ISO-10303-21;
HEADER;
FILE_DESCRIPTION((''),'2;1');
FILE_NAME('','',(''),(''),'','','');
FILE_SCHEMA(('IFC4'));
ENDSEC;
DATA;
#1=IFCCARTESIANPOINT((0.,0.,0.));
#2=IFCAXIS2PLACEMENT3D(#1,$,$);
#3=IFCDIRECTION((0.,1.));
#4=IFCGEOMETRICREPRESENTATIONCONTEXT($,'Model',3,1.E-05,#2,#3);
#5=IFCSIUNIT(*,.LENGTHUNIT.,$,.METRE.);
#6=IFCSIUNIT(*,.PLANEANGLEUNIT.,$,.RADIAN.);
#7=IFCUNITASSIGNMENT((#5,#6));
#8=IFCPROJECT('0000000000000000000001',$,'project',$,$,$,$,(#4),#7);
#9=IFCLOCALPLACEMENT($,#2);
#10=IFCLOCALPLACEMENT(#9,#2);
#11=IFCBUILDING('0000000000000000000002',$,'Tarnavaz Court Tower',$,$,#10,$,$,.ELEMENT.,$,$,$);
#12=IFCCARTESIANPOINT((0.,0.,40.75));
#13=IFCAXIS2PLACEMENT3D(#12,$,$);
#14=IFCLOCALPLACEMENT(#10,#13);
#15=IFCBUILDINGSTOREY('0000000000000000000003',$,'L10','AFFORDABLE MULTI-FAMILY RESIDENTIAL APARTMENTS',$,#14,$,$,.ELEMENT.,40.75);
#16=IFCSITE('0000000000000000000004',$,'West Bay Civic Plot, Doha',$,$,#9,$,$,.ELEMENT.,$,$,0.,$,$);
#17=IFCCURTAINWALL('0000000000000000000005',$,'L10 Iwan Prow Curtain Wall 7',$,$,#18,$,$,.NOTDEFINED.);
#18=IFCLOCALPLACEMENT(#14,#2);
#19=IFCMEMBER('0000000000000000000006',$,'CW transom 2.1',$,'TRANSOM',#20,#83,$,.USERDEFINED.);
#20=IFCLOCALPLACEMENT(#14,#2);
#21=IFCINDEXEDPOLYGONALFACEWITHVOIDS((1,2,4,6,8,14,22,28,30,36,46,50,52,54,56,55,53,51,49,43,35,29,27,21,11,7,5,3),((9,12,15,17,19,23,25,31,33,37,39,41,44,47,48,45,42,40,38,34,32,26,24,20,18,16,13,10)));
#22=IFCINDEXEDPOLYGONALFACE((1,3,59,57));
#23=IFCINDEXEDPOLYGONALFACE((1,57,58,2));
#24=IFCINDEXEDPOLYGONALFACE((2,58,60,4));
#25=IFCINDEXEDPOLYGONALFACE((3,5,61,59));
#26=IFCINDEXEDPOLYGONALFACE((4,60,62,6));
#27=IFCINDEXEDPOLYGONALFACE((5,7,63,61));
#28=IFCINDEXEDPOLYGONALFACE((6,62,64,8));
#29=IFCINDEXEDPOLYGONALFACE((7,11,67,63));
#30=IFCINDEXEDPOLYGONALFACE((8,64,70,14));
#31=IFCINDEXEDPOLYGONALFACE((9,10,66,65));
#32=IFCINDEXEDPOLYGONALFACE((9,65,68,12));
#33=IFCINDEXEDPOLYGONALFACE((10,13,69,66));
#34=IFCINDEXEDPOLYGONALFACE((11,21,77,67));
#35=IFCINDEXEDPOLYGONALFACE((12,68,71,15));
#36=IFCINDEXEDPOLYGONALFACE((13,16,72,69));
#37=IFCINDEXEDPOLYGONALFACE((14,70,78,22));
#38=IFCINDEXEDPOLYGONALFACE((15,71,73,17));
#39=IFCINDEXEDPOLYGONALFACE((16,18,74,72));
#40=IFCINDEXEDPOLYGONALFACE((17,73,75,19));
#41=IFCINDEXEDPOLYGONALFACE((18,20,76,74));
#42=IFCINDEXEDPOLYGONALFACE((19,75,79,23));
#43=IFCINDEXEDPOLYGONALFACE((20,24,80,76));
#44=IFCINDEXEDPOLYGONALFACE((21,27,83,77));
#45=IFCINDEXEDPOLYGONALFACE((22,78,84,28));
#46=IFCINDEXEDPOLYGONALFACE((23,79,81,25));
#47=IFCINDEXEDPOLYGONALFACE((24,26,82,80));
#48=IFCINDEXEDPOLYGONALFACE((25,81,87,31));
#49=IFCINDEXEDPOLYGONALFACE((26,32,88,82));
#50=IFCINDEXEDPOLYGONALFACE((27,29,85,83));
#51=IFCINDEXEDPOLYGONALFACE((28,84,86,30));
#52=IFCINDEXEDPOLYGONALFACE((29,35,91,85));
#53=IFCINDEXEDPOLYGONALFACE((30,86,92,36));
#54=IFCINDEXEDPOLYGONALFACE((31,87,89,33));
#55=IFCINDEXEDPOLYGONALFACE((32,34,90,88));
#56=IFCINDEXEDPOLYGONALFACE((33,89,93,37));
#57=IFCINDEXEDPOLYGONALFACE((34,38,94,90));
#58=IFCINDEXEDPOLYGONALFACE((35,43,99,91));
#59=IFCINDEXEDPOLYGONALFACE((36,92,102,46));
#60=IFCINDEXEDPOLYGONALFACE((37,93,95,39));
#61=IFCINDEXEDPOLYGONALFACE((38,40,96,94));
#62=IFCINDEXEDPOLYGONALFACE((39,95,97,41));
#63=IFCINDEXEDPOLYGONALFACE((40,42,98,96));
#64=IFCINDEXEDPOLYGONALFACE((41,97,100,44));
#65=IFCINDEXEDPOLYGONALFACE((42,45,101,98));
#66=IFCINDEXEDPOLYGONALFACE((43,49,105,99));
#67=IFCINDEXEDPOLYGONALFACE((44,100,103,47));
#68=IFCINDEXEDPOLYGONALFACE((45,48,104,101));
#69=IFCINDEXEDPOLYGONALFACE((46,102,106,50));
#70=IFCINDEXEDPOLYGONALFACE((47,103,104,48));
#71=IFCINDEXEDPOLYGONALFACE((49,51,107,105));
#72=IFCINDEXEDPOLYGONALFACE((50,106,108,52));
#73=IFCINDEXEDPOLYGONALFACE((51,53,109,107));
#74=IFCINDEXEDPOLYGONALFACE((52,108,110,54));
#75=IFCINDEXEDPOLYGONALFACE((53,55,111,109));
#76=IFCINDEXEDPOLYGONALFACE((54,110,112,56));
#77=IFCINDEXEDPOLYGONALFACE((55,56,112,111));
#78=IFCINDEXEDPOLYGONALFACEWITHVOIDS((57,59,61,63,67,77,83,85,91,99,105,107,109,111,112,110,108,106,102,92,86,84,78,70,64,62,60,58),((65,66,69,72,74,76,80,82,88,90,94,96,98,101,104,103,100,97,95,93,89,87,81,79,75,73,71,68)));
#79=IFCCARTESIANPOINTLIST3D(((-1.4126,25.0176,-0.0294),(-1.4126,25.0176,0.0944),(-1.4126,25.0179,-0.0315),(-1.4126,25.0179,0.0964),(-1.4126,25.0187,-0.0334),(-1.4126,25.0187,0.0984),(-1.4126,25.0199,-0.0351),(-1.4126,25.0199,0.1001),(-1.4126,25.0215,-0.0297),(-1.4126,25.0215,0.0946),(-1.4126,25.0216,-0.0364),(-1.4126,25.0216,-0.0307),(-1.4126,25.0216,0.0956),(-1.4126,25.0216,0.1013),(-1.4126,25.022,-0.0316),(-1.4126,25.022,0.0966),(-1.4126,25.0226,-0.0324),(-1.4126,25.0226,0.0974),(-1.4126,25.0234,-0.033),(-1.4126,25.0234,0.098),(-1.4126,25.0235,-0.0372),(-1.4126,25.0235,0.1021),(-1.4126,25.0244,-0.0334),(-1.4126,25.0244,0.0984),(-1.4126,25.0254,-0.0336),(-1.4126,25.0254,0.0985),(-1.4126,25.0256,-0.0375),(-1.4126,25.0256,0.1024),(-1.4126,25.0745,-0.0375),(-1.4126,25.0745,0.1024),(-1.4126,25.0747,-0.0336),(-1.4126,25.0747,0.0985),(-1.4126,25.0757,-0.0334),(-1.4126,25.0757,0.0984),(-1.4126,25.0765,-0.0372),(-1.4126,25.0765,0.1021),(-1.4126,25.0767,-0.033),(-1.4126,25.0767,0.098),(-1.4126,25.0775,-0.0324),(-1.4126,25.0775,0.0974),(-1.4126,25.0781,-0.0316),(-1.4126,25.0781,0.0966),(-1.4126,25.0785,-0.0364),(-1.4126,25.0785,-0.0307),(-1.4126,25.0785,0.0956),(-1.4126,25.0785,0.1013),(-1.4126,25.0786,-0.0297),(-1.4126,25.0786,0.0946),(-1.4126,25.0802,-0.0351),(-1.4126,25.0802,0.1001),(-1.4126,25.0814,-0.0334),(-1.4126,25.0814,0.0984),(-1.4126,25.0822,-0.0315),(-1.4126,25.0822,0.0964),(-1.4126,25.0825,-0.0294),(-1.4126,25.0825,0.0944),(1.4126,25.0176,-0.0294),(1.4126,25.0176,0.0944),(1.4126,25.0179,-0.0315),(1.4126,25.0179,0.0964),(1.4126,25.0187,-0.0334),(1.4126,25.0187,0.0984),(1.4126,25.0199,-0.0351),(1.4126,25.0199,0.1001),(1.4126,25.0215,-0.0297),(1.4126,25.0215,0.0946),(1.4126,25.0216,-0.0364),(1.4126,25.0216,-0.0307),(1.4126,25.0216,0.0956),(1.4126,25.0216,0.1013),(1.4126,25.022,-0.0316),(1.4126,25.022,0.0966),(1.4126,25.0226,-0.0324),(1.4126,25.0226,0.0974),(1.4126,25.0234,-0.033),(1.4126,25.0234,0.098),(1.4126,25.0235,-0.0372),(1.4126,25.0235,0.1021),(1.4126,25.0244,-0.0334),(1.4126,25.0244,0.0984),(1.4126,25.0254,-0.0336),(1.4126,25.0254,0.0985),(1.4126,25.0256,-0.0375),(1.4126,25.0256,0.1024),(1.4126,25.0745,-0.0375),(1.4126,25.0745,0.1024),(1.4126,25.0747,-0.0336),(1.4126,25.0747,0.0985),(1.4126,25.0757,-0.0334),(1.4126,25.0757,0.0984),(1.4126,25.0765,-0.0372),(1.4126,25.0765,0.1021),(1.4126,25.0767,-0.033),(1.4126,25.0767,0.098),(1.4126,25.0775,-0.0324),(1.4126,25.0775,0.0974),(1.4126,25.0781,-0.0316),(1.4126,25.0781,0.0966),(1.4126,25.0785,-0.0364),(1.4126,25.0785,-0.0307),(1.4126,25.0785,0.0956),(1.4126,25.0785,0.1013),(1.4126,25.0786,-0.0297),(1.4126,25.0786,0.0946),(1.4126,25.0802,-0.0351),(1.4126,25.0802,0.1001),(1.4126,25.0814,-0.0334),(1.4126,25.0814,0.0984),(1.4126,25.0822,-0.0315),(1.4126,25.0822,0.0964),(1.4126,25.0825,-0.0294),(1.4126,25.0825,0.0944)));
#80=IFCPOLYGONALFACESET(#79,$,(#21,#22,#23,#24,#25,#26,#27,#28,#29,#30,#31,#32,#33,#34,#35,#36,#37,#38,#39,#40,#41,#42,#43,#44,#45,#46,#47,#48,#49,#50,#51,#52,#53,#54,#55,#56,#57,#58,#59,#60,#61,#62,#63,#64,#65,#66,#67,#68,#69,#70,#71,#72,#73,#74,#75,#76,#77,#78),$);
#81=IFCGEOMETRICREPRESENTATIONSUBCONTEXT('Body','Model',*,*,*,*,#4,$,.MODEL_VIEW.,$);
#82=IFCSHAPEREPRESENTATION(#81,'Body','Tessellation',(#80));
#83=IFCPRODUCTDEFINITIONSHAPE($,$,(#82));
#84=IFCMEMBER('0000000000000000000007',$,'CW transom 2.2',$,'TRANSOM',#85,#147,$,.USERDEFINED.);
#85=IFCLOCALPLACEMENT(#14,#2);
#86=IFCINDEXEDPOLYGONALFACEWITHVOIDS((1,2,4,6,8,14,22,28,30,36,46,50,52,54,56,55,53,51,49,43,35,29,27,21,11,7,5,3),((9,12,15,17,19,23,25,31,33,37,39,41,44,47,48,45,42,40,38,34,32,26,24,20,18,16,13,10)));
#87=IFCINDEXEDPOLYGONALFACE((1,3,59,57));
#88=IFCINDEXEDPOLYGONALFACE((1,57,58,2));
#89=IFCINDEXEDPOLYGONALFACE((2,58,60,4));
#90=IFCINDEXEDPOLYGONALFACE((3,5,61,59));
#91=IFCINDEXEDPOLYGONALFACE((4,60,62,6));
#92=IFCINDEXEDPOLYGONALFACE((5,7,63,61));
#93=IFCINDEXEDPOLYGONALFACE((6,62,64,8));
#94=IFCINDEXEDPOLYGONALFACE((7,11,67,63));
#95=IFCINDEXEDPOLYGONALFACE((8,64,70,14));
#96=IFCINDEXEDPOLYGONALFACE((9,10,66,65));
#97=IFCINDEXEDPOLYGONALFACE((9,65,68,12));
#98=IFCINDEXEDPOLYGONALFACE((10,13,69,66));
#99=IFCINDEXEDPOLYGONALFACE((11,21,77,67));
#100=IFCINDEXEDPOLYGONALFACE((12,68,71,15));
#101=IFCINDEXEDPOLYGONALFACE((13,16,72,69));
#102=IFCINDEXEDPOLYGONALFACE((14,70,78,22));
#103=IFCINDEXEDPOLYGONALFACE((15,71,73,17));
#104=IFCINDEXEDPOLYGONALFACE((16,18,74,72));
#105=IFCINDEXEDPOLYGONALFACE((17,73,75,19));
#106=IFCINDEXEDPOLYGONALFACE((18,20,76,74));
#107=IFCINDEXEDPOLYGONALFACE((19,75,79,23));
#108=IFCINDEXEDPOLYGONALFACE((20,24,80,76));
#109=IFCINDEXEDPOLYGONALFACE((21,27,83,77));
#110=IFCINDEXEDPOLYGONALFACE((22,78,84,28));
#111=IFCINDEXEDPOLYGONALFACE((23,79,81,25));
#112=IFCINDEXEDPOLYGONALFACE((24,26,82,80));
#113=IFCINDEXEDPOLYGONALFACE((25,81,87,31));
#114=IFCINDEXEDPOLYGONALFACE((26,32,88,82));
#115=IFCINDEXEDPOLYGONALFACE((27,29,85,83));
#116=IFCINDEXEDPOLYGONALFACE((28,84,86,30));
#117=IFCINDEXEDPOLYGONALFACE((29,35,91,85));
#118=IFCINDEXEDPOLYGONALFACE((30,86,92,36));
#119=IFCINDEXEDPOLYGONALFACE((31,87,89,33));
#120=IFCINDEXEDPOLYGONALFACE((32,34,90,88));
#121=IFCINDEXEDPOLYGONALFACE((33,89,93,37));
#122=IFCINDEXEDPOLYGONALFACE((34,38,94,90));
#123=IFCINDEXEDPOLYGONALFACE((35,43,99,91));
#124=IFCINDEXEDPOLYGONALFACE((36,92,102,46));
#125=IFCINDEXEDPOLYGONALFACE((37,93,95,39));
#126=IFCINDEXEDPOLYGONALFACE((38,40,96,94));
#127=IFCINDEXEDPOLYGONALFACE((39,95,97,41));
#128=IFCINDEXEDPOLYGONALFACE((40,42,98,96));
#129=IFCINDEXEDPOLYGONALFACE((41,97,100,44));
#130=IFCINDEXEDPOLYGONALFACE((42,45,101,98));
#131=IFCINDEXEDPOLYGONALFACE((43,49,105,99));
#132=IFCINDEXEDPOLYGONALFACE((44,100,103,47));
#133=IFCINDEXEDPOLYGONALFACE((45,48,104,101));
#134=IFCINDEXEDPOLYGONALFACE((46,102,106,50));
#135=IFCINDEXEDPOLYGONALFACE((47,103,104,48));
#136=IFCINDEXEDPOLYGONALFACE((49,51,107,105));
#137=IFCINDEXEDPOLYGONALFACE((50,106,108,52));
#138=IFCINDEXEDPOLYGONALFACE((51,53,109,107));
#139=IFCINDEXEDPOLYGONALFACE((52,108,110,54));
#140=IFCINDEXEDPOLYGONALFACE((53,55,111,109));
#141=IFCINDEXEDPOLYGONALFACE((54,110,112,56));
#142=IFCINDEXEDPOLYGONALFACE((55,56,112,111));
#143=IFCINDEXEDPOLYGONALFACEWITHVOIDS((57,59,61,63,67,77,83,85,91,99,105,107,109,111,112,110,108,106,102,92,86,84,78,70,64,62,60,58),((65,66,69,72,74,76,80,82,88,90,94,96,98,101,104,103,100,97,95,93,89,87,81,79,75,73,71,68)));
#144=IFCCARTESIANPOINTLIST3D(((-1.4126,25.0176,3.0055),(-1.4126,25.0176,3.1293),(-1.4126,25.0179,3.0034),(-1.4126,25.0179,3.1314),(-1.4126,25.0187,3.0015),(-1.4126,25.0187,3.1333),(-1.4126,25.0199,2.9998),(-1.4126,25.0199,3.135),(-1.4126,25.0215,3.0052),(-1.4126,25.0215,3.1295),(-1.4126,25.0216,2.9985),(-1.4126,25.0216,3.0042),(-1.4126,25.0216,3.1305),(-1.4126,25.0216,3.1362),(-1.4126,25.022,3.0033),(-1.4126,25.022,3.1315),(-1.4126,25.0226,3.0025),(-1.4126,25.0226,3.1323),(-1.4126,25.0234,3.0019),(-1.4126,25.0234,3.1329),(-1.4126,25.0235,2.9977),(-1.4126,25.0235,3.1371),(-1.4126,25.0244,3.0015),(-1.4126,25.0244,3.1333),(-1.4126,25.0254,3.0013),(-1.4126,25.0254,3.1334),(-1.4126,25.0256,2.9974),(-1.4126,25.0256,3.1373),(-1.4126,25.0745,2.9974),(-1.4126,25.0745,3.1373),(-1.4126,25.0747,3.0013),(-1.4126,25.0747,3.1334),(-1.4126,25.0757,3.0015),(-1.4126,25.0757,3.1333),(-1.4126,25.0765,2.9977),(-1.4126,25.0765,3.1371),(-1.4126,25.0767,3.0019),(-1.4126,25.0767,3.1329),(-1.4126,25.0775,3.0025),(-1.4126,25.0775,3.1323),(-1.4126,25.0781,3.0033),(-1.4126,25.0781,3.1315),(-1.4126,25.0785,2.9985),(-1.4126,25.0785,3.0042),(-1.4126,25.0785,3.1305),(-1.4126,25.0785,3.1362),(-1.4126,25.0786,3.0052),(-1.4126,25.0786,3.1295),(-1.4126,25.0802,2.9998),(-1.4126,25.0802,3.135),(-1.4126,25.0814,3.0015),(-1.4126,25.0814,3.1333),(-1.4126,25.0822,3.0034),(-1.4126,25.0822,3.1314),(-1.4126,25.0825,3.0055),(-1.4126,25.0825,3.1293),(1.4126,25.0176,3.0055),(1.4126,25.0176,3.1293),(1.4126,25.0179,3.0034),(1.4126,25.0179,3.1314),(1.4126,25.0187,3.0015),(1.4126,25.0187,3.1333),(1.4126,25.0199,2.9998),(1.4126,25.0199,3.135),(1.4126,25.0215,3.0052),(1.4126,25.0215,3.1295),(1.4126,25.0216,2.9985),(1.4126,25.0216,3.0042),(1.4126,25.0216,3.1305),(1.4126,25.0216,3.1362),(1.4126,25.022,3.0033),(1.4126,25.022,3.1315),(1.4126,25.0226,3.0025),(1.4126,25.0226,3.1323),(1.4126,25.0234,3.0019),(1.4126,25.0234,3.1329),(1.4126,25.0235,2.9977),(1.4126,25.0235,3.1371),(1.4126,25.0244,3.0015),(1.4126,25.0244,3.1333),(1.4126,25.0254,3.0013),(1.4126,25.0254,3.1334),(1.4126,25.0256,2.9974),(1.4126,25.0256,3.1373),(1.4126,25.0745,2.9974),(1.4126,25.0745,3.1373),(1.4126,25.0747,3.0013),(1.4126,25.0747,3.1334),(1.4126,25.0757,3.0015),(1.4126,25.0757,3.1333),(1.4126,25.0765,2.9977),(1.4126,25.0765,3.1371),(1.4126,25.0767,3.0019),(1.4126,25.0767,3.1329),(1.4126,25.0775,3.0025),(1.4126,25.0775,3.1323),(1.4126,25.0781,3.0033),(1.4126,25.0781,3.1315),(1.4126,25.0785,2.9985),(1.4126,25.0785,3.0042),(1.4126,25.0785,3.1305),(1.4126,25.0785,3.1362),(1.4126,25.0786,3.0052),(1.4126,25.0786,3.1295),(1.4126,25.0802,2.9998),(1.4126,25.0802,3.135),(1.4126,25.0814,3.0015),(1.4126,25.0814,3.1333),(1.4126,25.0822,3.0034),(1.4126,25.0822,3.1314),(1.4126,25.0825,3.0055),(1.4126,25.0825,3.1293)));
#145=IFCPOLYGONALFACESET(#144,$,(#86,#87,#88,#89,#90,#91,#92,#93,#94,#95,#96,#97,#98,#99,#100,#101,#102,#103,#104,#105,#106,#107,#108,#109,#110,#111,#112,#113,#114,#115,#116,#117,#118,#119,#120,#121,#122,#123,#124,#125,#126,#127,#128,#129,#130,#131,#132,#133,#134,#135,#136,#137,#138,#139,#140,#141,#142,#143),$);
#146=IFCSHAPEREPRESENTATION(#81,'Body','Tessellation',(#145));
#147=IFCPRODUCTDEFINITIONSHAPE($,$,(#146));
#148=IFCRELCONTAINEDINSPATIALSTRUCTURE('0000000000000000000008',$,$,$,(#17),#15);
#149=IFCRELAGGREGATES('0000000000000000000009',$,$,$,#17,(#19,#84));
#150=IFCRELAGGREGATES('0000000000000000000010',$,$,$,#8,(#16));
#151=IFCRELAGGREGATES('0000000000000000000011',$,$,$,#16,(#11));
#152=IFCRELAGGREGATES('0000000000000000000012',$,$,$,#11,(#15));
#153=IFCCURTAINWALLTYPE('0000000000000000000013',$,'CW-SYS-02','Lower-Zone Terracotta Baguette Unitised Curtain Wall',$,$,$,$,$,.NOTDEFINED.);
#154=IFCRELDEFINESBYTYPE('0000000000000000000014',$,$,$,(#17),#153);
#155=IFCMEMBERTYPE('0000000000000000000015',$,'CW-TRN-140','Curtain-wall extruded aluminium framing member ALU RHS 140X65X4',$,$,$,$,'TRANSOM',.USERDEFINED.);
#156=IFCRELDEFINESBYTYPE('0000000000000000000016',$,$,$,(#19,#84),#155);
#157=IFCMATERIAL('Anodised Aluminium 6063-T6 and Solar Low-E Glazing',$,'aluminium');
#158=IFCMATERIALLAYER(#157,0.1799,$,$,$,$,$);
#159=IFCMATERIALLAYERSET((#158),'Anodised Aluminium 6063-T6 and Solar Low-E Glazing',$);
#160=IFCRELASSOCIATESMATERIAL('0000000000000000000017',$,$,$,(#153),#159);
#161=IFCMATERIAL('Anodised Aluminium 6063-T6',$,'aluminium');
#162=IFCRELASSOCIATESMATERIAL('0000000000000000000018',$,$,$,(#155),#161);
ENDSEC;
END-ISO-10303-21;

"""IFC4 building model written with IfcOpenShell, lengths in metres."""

from ifc_helpers import new_model, si_unit, direction, frame, origin, origin_2d, place, context, subcontext, project, spatial, hollow_rectangle, extrude, material, layer, layer_set, material_profile, profile_set, type_object, element, aggregate, save


model = new_model("IFC4")

# Units and contexts
model_context = context("Model", 3, precision=1e-05, world=origin(), true_north=direction((0.0, 1.0)))
body_context = subcontext(model_context, "Body", "Model", "MODEL_VIEW")
ifc_project = project(units=[si_unit("LENGTHUNIT", "METRE"), si_unit("PLANEANGLEUNIT", "RADIAN")], contexts=[model_context])

# Site, building, storey
site_placement = place(None, origin())
site = spatial("IfcSite", under=ifc_project, at=site_placement, Name="West Bay Civic Plot, Doha", CompositionType="ELEMENT", RefElevation=0.0)
building_placement = place(site_placement, origin())
building = spatial("IfcBuilding", under=site, at=building_placement, Name="Tarnavaz Court Tower", CompositionType="ELEMENT")
storey_placement = place(building_placement, frame((0.0, 0.0, 40.75)))
storey = spatial("IfcBuildingStorey", under=building, at=storey_placement, Name="L10", Description="AFFORDABLE MULTI-FAMILY RESIDENTIAL APARTMENTS", CompositionType="ELEMENT", Elevation=40.75)

# Curtain wall, members
ifc_material_1 = material(Name="Anodised Aluminium 6063-T6 and Solar Low-E Glazing", Category="aluminium")
ifc_layer_1 = layer(ifc_material_1, 0.1799)
ifc_layer_set_1 = layer_set([ifc_layer_1], Name="Anodised Aluminium 6063-T6 and Solar Low-E Glazing")
curtain_wall_type = type_object("IfcCurtainWallType", Name="CW-SYS-02", Description="Lower-Zone Terracotta Baguette Unitised Curtain Wall", PredefinedType="NOTDEFINED", material=ifc_layer_set_1)
curtain_wall_placement = place(storey_placement, origin())
curtain_wall = element("IfcCurtainWall", 1, at=curtain_wall_placement, inside=storey, type_object=curtain_wall_type, Name="L10 Iwan Prow Curtain Wall 7", PredefinedType="NOTDEFINED")
ifc_material_2 = material(Name="Anodised Aluminium 6063-T6", Category="aluminium")
ifc_material_profile_1 = material_profile(ifc_material_2, hollow_rectangle(XDim=0.0649, YDim=0.1399, WallThickness=0.0039, InnerFilletRadius=0.0039, OuterFilletRadius=0.0081, at=origin_2d()), Name="ALU RHS 140X65X4")
ifc_profile_set_1 = profile_set([ifc_material_profile_1], Name="Anodised Aluminium 6063-T6")
member_type_1 = type_object("IfcMemberType", Name="CW-TRN-140", Description="Curtain-wall extruded aluminium framing member ALU RHS 140X65X4", ElementType="TRANSOM", PredefinedType="USERDEFINED", material=ifc_profile_set_1)
member_1_placement = place(storey_placement, frame((-1.4126, 25.05, 0.0325), z_axis=(1.0, 0.0, 0.0), x_axis=(0.0, 1.0, 0.0)))
member_1 = element("IfcMember", 2, at=member_1_placement, type_object=member_type_1, Name="CW transom 2.1", ObjectType="TRANSOM", PredefinedType="USERDEFINED", context=body_context, shape_type="SweptSolid", body=[
    extrude(hollow_rectangle(XDim=0.0649, YDim=0.1399, WallThickness=0.0039, InnerFilletRadius=0.0039, OuterFilletRadius=0.0081, at=origin_2d()), origin(), (0.0, 0.0, 1.0), 2.8252),
])
member_2_placement = place(storey_placement, frame((-1.4126, 25.05, 3.0674), z_axis=(1.0, 0.0, 0.0), x_axis=(0.0, 1.0, 0.0)))
member_2 = element("IfcMember", 3, at=member_2_placement, type_object=member_type_1, Name="CW transom 2.2", ObjectType="TRANSOM", PredefinedType="USERDEFINED", context=body_context, shape_type="SweptSolid", body=[
    extrude(hollow_rectangle(XDim=0.0649, YDim=0.1399, WallThickness=0.0039, InnerFilletRadius=0.0039, OuterFilletRadius=0.0081, at=origin_2d()), origin(), (0.0, 0.0, 1.0), 2.8252),
])
aggregate(curtain_wall, [member_1, member_2])

save(model, "model.ifc")
